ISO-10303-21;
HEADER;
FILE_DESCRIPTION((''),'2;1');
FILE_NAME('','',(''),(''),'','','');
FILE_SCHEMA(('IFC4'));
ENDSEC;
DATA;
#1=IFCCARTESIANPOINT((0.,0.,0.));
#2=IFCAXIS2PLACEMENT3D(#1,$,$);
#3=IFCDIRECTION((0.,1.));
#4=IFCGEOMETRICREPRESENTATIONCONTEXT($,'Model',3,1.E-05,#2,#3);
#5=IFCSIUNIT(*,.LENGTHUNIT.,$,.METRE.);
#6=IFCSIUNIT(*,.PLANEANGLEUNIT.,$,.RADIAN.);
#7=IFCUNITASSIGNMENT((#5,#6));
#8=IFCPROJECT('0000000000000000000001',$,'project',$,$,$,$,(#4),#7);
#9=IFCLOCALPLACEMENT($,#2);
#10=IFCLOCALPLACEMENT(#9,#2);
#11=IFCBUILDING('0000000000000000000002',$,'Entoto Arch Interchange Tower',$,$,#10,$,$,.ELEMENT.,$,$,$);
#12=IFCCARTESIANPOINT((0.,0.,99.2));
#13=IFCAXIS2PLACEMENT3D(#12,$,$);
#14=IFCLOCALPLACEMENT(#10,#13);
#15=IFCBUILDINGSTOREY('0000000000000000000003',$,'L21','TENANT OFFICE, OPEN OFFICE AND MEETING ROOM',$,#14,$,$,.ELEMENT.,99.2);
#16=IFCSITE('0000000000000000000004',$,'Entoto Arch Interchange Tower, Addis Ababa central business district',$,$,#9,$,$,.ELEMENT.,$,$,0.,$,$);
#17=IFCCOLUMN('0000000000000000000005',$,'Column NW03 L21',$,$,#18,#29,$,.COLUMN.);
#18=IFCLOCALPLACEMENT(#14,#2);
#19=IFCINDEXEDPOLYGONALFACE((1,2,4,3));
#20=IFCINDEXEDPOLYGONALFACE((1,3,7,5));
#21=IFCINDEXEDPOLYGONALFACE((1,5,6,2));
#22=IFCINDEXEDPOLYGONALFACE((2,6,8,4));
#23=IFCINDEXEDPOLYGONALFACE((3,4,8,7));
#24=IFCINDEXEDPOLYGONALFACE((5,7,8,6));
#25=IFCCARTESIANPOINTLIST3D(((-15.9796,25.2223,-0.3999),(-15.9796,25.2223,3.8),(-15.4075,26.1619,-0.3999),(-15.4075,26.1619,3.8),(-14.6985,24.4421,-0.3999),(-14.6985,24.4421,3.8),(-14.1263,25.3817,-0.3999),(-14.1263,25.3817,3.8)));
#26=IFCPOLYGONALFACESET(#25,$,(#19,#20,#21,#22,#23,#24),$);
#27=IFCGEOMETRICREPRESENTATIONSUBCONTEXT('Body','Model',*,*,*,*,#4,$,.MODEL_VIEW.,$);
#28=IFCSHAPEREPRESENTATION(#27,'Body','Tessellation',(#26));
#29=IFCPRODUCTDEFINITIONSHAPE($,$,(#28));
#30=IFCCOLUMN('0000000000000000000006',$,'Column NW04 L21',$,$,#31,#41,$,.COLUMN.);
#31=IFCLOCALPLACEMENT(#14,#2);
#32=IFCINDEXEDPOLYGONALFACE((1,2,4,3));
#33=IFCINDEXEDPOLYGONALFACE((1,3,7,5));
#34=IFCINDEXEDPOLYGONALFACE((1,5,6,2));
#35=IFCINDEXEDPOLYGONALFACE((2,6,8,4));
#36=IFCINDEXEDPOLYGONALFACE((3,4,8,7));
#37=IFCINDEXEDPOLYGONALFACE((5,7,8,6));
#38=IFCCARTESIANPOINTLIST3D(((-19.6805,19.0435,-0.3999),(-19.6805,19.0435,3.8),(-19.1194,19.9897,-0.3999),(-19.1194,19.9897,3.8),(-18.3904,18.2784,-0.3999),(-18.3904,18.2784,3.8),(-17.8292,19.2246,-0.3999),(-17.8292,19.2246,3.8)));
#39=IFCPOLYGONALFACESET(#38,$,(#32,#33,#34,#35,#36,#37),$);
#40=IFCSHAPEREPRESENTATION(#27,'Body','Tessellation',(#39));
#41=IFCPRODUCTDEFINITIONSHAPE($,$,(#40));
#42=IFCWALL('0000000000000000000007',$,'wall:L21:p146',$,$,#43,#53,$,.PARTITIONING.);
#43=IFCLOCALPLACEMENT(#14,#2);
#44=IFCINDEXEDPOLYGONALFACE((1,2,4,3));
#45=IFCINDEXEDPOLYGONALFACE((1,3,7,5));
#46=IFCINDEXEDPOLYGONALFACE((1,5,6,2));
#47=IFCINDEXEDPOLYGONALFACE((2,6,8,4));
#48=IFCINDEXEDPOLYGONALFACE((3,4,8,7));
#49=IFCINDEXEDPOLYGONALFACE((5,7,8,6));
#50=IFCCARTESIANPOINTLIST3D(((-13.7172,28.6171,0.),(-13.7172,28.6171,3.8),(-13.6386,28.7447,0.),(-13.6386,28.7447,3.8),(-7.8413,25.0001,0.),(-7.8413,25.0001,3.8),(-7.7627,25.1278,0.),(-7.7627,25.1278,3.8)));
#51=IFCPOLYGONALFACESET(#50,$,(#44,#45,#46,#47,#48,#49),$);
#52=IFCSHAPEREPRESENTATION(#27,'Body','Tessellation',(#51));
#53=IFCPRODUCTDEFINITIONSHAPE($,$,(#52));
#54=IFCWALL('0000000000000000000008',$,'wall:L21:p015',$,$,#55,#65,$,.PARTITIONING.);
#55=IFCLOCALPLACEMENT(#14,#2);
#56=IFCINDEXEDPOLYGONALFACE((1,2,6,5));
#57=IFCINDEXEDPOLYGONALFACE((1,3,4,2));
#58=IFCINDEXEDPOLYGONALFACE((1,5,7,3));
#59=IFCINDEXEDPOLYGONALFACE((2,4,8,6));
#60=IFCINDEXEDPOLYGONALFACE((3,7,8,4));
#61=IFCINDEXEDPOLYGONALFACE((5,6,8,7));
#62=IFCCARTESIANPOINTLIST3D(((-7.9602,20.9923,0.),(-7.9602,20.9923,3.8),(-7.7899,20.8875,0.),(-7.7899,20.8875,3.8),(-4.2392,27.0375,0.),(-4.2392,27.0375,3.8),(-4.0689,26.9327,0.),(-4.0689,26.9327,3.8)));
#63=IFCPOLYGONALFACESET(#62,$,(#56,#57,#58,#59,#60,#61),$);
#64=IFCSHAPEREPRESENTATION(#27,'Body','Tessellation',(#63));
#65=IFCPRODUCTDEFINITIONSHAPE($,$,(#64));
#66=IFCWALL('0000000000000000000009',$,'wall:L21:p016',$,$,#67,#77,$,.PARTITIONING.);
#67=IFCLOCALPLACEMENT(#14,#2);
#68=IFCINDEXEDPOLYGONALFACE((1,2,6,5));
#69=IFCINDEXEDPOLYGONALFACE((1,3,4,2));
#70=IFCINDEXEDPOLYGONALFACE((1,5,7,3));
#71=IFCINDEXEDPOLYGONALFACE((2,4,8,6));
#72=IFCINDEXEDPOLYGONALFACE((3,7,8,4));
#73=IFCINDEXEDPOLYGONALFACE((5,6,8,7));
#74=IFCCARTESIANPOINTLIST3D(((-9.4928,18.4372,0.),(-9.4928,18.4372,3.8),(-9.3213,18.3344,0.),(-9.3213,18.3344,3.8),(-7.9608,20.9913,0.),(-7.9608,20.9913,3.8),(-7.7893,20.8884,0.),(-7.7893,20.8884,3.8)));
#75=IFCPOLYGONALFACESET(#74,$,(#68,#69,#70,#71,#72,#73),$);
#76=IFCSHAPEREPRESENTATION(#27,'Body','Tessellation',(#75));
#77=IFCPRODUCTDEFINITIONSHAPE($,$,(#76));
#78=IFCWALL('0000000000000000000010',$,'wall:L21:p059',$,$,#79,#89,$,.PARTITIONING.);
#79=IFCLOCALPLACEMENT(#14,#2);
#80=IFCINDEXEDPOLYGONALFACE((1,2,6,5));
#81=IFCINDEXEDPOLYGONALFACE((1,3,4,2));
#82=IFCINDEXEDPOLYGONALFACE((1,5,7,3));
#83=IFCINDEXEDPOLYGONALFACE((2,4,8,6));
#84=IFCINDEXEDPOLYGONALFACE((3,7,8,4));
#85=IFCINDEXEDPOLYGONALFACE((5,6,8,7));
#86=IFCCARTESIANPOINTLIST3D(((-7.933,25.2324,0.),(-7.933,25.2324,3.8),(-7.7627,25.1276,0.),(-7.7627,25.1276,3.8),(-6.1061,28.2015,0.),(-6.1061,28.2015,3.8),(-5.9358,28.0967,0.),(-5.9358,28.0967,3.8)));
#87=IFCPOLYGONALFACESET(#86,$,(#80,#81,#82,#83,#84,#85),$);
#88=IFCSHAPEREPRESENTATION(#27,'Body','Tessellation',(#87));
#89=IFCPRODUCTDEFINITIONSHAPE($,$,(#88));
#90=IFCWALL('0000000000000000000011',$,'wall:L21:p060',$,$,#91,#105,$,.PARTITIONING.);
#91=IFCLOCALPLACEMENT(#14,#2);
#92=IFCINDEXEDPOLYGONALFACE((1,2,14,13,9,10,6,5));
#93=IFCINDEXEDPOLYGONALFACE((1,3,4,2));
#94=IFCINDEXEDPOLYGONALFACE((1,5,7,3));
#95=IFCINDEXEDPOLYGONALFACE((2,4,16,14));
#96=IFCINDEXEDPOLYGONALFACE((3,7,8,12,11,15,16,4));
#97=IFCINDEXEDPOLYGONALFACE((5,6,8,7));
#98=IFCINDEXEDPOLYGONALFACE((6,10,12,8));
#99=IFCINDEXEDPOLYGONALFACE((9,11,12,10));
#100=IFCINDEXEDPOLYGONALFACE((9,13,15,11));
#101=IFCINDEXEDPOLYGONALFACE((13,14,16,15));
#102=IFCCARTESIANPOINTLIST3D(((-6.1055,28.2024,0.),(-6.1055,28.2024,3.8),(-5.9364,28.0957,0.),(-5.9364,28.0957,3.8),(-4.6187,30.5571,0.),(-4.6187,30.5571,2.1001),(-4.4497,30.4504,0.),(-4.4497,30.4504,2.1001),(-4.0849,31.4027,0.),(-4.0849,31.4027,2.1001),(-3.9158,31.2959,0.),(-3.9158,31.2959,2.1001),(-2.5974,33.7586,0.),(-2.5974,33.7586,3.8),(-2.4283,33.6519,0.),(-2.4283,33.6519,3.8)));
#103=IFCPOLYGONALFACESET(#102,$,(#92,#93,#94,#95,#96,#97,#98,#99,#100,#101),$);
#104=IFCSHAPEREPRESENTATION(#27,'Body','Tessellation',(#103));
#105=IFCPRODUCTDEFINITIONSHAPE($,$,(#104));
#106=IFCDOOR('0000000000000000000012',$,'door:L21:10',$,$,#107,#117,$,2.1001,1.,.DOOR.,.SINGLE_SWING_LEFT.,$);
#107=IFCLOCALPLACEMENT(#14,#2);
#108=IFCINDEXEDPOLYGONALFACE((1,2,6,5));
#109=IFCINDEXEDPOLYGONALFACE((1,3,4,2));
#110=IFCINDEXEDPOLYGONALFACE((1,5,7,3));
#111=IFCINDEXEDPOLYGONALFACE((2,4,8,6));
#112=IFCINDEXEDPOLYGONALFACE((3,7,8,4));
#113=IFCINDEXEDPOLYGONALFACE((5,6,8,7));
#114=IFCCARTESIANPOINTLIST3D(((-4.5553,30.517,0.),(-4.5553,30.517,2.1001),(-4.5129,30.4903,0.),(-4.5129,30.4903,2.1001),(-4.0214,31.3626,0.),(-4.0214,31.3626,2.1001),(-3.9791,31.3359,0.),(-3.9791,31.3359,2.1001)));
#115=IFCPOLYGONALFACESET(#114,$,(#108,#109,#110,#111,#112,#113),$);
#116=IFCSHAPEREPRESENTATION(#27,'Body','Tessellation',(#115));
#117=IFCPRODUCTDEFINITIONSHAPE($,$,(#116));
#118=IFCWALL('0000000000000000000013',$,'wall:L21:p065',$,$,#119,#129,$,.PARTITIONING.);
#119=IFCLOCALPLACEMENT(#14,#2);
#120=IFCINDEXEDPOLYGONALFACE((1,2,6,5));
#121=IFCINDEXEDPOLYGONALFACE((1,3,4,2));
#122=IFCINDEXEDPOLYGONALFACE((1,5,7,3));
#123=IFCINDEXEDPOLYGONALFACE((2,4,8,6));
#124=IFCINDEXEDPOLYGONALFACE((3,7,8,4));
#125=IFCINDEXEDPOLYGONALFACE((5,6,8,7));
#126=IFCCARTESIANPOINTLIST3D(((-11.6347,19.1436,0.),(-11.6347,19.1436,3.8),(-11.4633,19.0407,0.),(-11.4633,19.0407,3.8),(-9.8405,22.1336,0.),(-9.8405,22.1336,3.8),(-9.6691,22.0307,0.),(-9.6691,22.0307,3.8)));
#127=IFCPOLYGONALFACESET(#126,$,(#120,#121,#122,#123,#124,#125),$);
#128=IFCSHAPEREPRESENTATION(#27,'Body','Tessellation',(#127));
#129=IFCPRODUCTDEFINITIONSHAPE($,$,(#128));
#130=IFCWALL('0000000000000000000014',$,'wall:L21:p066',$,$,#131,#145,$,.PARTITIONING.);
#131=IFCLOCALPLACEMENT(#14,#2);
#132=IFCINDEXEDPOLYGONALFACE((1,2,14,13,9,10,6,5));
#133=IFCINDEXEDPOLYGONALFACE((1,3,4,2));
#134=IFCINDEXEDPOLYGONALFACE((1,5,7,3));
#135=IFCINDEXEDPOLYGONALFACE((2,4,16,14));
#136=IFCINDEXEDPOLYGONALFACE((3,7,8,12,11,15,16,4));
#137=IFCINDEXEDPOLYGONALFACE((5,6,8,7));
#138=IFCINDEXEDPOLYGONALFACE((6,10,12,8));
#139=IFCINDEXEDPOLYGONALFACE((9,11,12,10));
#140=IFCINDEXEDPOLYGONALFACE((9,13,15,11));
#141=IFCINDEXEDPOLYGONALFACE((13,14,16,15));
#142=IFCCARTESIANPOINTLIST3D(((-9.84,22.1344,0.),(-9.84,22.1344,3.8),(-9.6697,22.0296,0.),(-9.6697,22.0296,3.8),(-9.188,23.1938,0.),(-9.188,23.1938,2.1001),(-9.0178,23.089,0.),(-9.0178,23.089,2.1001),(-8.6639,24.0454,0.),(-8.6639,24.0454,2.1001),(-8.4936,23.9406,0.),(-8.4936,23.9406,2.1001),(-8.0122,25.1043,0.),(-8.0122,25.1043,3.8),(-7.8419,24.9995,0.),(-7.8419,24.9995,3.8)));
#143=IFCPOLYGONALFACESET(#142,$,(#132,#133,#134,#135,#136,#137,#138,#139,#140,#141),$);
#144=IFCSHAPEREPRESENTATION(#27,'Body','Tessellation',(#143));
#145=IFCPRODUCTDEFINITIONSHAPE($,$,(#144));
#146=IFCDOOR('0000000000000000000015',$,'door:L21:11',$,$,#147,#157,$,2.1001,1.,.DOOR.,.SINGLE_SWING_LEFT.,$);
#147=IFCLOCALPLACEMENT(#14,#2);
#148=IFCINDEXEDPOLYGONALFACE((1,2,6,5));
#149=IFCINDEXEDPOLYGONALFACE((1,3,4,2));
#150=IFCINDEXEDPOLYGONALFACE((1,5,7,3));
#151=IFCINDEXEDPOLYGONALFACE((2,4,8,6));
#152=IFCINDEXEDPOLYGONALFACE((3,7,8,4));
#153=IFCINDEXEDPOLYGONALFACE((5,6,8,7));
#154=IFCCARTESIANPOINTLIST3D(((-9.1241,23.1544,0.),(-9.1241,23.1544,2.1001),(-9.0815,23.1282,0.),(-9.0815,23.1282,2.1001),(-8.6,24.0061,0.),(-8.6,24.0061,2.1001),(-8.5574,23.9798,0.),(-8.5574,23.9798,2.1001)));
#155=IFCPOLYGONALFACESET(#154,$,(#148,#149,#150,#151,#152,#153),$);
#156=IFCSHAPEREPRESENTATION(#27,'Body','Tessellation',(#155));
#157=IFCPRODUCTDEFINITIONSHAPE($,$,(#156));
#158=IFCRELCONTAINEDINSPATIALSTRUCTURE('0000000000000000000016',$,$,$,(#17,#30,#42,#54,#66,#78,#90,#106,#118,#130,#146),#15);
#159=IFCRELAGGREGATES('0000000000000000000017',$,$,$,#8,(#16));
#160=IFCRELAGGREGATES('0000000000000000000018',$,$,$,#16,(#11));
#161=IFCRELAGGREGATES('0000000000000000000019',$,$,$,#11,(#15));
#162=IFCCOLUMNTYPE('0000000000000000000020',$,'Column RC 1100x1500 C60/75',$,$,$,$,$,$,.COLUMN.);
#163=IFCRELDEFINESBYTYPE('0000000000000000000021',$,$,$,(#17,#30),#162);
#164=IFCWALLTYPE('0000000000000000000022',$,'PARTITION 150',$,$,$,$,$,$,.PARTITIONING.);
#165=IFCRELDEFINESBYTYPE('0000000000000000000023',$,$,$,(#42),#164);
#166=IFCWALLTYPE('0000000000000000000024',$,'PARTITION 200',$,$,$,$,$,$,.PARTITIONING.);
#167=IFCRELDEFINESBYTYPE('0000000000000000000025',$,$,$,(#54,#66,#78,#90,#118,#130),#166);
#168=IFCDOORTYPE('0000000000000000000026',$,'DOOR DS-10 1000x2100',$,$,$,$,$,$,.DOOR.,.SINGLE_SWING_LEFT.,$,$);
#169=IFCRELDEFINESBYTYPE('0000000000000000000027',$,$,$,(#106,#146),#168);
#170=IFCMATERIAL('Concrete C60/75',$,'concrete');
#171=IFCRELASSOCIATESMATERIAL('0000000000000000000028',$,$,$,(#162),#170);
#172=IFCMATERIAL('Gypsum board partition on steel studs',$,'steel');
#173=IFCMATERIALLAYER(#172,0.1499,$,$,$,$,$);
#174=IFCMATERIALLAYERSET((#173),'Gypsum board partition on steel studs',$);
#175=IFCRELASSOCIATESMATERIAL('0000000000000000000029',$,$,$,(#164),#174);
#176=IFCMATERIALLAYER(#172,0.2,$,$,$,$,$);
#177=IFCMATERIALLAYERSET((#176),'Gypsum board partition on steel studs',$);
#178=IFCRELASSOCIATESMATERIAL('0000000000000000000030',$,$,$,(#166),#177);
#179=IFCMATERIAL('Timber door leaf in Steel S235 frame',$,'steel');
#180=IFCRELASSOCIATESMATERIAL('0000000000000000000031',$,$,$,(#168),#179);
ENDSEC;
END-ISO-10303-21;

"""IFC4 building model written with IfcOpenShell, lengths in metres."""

from ifc_helpers import new_model, si_unit, direction, frame, frame_2d, origin, origin_2d, place, context, subcontext, project, spatial, rectangle, extrude, material, layer, layer_set, material_profile, profile_set, type_object, element, fill, save


model = new_model("IFC4")

# Units and contexts
model_context = context("Model", 3, precision=1e-05, world=origin(), true_north=direction((0.0, 1.0)))
body_context = subcontext(model_context, "Body", "Model", "MODEL_VIEW")
ifc_project = project(units=[si_unit("LENGTHUNIT", "METRE"), si_unit("PLANEANGLEUNIT", "RADIAN")], contexts=[model_context])

# Site, building, storey
site_placement = place(None, origin())
site = spatial("IfcSite", under=ifc_project, at=site_placement, Name="Entoto Arch Interchange Tower, Addis Ababa central business district", CompositionType="ELEMENT", RefElevation=0.0)
building_placement = place(site_placement, origin())
building = spatial("IfcBuilding", under=site, at=building_placement, Name="Entoto Arch Interchange Tower", CompositionType="ELEMENT")
storey_placement = place(building_placement, frame((0.0, 0.0, 99.2)))
storey = spatial("IfcBuildingStorey", under=building, at=storey_placement, Name="L21", Description="TENANT OFFICE, OPEN OFFICE AND MEETING ROOM", CompositionType="ELEMENT", Elevation=99.2)

# Columns
ifc_material_1 = material(Name="Concrete C60/75", Category="concrete")
ifc_material_profile = material_profile(ifc_material_1, rectangle(XDim=1.1001, YDim=1.5, at=origin_2d()))
ifc_profile_set = profile_set([ifc_material_profile], Name="Concrete C60/75")
column_type = type_object("IfcColumnType", Name="Column RC 1100x1500 C60/75", PredefinedType="COLUMN", material=ifc_profile_set)
for number, where, z_axis, x_axis, name in (
    (1, (-15.053, 25.302, -0.3999), (0.0, 0.0, 1.0), (0.520116, 0.854096, 0.0), "Column NW03 L21"),
    (2, (-18.7549, 19.134, -0.3999), (0.0, 0.0, 1.0), (0.510093, 0.860119, 0.0), "Column NW04 L21"),
):
    element("IfcColumn", number, at=place(storey_placement, frame(where, z_axis=z_axis, x_axis=x_axis)), inside=storey, type_object=column_type, Name=name, PredefinedType="COLUMN", context=body_context, shape_type="SweptSolid", body=[
        extrude(rectangle(XDim=1.1001, YDim=1.5, at=origin_2d()), origin(), (0.0, 0.0, 1.0), 4.2),
    ])

# Walls
ifc_material_2 = material(Name="Gypsum board partition on steel studs", Category="steel")
ifc_layer_1 = layer(ifc_material_2, 0.1499)
ifc_layer_set_1 = layer_set([ifc_layer_1], Name="Gypsum board partition on steel studs")
wall_type_1 = type_object("IfcWallType", Name="PARTITION 150", PredefinedType="PARTITIONING", material=ifc_layer_set_1)
wall_1_placement = place(storey_placement, frame((-7.802, 25.064, 0.0), z_axis=(0.0, 0.0, 1.0), x_axis=(-0.851596, 0.524198, 0.0)))
element("IfcWall", 3, at=wall_1_placement, inside=storey, type_object=wall_type_1, Name="wall:L21:p146", PredefinedType="PARTITIONING", context=body_context, shape_type="SweptSolid", body=[
    extrude(rectangle(XDim=6.8999, YDim=0.1499, at=frame_2d((3.45, 0.0))), origin(), (0.0, 0.0, 1.0), 3.8),
])
ifc_layer_2 = layer(ifc_material_2, 0.2)
ifc_layer_set_2 = layer_set([ifc_layer_2], Name="Gypsum board partition on steel studs")
wall_type_2 = type_object("IfcWallType", Name="PARTITION 200", PredefinedType="PARTITIONING", material=ifc_layer_set_2)
wall_2_placement = place(storey_placement, frame((-4.1541, 26.9851, 0.0), z_axis=(0.0, 0.0, 1.0), x_axis=(-0.524184, -0.851605, 0.0)))
element("IfcWall", 4, at=wall_2_placement, inside=storey, type_object=wall_type_2, Name="wall:L21:p015", PredefinedType="PARTITIONING", context=body_context, shape_type="SweptSolid", body=[
    extrude(rectangle(XDim=7.0986, YDim=0.2, at=frame_2d((3.5493, 0.0))), origin(), (0.0, 0.0, 1.0), 3.8),
])
wall_3_placement = place(storey_placement, frame((-7.875, 20.9399, 0.0), z_axis=(0.0, 0.0, 1.0), x_axis=(-0.514399, -0.857551, 0.0)))
element("IfcWall", 5, at=wall_3_placement, inside=storey, type_object=wall_type_2, Name="wall:L21:p016", PredefinedType="PARTITIONING", context=body_context, shape_type="SweptSolid", body=[
    extrude(rectangle(XDim=2.9783, YDim=0.2, at=frame_2d((1.4893, 0.0))), origin(), (0.0, 0.0, 1.0), 3.8),
])
wall_4_placement = place(storey_placement, frame((-7.8479, 25.1799, 0.0), z_axis=(0.0, 0.0, 1.0), x_axis=(0.524062, 0.85168, 0.0)))
element("IfcWall", 6, at=wall_4_placement, inside=storey, type_object=wall_type_2, Name="wall:L21:p059", PredefinedType="PARTITIONING", context=body_context, shape_type="SweptSolid", body=[
    extrude(rectangle(XDim=3.4861, YDim=0.2, at=frame_2d((1.7432, 0.0))), origin(), (0.0, 0.0, 1.0), 3.8),
])

# Wall, opening, door
wall_5_placement = place(storey_placement, frame((-6.021, 28.1489, 0.0), z_axis=(0.0, 0.0, 1.0), x_axis=(0.533874, 0.845564, 0.0)))
wall_5 = element("IfcWall", 7, at=wall_5_placement, inside=storey, type_object=wall_type_2, Name="wall:L21:p060", PredefinedType="PARTITIONING", context=body_context, shape_type="SweptSolid", body=[
    extrude(rectangle(XDim=6.571, YDim=0.2, at=frame_2d((3.2856, 0.0))), origin(), (0.0, 0.0, 1.0), 3.8),
])
opening_1_placement = place(wall_5_placement, frame((2.7849, 0.0, 0.0)))
opening_1 = element("IfcOpeningElement", 8, at=opening_1_placement, cuts=wall_5, PredefinedType="OPENING", context=body_context, shape_type="SweptSolid", body=[
    extrude(rectangle(XDim=1.0, YDim=2.1001, at=frame_2d((0.5, 1.05))), frame((0.0, 0.1099, 0.0), z_axis=(0.0, -1.0, 0.0), x_axis=(1.0, 0.0, 0.0)), (0.0, 0.0, 1.0), 0.22),
])
ifc_material_3 = material(Name="Timber door leaf in Steel S235 frame", Category="steel")
door_type = type_object("IfcDoorType", Name="DOOR DS-10 1000x2100", OperationType="SINGLE_SWING_LEFT", PredefinedType="DOOR", material=ifc_material_3)
door_1_placement = place(opening_1_placement, origin())
door_1 = element("IfcDoor", 9, at=door_1_placement, inside=storey, type_object=door_type, Name="door:L21:10", OperationType="SINGLE_SWING_LEFT", OverallHeight=2.1001, OverallWidth=1.0, PredefinedType="DOOR", context=body_context, shape_type="SweptSolid", body=[
    extrude(rectangle(XDim=1.0, YDim=2.1001, at=frame_2d((0.5, 1.05))), frame((0.0, 0.0249, 0.0), z_axis=(0.0, -1.0, 0.0), x_axis=(1.0, 0.0, 0.0)), (0.0, 0.0, 1.0), 0.05),
])
fill(opening_1, door_1)

# Wall
wall_6_placement = place(storey_placement, frame((-11.5491, 19.092, 0.0), z_axis=(0.0, 0.0, 1.0), x_axis=(0.514537, 0.857468, 0.0)))
element("IfcWall", 10, at=wall_6_placement, inside=storey, type_object=wall_type_2, Name="wall:L21:p065", PredefinedType="PARTITIONING", context=body_context, shape_type="SweptSolid", body=[
    extrude(rectangle(XDim=3.4871, YDim=0.2, at=frame_2d((1.7437, 0.0))), origin(), (0.0, 0.0, 1.0), 3.8),
])

# Wall, opening, door
wall_7_placement = place(storey_placement, frame((-9.7549, 22.082, 0.0), z_axis=(0.0, 0.0, 1.0), x_axis=(0.52414, 0.851632, 0.0)))
wall_7 = element("IfcWall", 11, at=wall_7_placement, inside=storey, type_object=wall_type_2, Name="wall:L21:p066", PredefinedType="PARTITIONING", context=body_context, shape_type="SweptSolid", body=[
    extrude(rectangle(XDim=3.4873, YDim=0.2, at=frame_2d((1.7437, 0.0))), origin(), (0.0, 0.0, 1.0), 3.8),
])
opening_2_placement = place(wall_7_placement, frame((1.2439, 0.0, 0.0)))
opening_2 = element("IfcOpeningElement", 12, at=opening_2_placement, cuts=wall_7, PredefinedType="OPENING", context=body_context, shape_type="SweptSolid", body=[
    extrude(rectangle(XDim=1.0, YDim=2.1001, at=frame_2d((0.5, 1.05))), frame((0.0, 0.1099, 0.0), z_axis=(0.0, -1.0, 0.0), x_axis=(1.0, 0.0, 0.0)), (0.0, 0.0, 1.0), 0.22),
])
door_2_placement = place(opening_2_placement, origin())
door_2 = element("IfcDoor", 13, at=door_2_placement, inside=storey, type_object=door_type, Name="door:L21:11", OperationType="SINGLE_SWING_LEFT", OverallHeight=2.1001, OverallWidth=1.0, PredefinedType="DOOR", context=body_context, shape_type="SweptSolid", body=[
    extrude(rectangle(XDim=1.0, YDim=2.1001, at=frame_2d((0.5, 1.05))), frame((0.0, 0.0249, 0.0), z_axis=(0.0, -1.0, 0.0), x_axis=(1.0, 0.0, 0.0)), (0.0, 0.0, 1.0), 0.05),
])
fill(opening_2, door_2)

save(model, "model.ifc")
